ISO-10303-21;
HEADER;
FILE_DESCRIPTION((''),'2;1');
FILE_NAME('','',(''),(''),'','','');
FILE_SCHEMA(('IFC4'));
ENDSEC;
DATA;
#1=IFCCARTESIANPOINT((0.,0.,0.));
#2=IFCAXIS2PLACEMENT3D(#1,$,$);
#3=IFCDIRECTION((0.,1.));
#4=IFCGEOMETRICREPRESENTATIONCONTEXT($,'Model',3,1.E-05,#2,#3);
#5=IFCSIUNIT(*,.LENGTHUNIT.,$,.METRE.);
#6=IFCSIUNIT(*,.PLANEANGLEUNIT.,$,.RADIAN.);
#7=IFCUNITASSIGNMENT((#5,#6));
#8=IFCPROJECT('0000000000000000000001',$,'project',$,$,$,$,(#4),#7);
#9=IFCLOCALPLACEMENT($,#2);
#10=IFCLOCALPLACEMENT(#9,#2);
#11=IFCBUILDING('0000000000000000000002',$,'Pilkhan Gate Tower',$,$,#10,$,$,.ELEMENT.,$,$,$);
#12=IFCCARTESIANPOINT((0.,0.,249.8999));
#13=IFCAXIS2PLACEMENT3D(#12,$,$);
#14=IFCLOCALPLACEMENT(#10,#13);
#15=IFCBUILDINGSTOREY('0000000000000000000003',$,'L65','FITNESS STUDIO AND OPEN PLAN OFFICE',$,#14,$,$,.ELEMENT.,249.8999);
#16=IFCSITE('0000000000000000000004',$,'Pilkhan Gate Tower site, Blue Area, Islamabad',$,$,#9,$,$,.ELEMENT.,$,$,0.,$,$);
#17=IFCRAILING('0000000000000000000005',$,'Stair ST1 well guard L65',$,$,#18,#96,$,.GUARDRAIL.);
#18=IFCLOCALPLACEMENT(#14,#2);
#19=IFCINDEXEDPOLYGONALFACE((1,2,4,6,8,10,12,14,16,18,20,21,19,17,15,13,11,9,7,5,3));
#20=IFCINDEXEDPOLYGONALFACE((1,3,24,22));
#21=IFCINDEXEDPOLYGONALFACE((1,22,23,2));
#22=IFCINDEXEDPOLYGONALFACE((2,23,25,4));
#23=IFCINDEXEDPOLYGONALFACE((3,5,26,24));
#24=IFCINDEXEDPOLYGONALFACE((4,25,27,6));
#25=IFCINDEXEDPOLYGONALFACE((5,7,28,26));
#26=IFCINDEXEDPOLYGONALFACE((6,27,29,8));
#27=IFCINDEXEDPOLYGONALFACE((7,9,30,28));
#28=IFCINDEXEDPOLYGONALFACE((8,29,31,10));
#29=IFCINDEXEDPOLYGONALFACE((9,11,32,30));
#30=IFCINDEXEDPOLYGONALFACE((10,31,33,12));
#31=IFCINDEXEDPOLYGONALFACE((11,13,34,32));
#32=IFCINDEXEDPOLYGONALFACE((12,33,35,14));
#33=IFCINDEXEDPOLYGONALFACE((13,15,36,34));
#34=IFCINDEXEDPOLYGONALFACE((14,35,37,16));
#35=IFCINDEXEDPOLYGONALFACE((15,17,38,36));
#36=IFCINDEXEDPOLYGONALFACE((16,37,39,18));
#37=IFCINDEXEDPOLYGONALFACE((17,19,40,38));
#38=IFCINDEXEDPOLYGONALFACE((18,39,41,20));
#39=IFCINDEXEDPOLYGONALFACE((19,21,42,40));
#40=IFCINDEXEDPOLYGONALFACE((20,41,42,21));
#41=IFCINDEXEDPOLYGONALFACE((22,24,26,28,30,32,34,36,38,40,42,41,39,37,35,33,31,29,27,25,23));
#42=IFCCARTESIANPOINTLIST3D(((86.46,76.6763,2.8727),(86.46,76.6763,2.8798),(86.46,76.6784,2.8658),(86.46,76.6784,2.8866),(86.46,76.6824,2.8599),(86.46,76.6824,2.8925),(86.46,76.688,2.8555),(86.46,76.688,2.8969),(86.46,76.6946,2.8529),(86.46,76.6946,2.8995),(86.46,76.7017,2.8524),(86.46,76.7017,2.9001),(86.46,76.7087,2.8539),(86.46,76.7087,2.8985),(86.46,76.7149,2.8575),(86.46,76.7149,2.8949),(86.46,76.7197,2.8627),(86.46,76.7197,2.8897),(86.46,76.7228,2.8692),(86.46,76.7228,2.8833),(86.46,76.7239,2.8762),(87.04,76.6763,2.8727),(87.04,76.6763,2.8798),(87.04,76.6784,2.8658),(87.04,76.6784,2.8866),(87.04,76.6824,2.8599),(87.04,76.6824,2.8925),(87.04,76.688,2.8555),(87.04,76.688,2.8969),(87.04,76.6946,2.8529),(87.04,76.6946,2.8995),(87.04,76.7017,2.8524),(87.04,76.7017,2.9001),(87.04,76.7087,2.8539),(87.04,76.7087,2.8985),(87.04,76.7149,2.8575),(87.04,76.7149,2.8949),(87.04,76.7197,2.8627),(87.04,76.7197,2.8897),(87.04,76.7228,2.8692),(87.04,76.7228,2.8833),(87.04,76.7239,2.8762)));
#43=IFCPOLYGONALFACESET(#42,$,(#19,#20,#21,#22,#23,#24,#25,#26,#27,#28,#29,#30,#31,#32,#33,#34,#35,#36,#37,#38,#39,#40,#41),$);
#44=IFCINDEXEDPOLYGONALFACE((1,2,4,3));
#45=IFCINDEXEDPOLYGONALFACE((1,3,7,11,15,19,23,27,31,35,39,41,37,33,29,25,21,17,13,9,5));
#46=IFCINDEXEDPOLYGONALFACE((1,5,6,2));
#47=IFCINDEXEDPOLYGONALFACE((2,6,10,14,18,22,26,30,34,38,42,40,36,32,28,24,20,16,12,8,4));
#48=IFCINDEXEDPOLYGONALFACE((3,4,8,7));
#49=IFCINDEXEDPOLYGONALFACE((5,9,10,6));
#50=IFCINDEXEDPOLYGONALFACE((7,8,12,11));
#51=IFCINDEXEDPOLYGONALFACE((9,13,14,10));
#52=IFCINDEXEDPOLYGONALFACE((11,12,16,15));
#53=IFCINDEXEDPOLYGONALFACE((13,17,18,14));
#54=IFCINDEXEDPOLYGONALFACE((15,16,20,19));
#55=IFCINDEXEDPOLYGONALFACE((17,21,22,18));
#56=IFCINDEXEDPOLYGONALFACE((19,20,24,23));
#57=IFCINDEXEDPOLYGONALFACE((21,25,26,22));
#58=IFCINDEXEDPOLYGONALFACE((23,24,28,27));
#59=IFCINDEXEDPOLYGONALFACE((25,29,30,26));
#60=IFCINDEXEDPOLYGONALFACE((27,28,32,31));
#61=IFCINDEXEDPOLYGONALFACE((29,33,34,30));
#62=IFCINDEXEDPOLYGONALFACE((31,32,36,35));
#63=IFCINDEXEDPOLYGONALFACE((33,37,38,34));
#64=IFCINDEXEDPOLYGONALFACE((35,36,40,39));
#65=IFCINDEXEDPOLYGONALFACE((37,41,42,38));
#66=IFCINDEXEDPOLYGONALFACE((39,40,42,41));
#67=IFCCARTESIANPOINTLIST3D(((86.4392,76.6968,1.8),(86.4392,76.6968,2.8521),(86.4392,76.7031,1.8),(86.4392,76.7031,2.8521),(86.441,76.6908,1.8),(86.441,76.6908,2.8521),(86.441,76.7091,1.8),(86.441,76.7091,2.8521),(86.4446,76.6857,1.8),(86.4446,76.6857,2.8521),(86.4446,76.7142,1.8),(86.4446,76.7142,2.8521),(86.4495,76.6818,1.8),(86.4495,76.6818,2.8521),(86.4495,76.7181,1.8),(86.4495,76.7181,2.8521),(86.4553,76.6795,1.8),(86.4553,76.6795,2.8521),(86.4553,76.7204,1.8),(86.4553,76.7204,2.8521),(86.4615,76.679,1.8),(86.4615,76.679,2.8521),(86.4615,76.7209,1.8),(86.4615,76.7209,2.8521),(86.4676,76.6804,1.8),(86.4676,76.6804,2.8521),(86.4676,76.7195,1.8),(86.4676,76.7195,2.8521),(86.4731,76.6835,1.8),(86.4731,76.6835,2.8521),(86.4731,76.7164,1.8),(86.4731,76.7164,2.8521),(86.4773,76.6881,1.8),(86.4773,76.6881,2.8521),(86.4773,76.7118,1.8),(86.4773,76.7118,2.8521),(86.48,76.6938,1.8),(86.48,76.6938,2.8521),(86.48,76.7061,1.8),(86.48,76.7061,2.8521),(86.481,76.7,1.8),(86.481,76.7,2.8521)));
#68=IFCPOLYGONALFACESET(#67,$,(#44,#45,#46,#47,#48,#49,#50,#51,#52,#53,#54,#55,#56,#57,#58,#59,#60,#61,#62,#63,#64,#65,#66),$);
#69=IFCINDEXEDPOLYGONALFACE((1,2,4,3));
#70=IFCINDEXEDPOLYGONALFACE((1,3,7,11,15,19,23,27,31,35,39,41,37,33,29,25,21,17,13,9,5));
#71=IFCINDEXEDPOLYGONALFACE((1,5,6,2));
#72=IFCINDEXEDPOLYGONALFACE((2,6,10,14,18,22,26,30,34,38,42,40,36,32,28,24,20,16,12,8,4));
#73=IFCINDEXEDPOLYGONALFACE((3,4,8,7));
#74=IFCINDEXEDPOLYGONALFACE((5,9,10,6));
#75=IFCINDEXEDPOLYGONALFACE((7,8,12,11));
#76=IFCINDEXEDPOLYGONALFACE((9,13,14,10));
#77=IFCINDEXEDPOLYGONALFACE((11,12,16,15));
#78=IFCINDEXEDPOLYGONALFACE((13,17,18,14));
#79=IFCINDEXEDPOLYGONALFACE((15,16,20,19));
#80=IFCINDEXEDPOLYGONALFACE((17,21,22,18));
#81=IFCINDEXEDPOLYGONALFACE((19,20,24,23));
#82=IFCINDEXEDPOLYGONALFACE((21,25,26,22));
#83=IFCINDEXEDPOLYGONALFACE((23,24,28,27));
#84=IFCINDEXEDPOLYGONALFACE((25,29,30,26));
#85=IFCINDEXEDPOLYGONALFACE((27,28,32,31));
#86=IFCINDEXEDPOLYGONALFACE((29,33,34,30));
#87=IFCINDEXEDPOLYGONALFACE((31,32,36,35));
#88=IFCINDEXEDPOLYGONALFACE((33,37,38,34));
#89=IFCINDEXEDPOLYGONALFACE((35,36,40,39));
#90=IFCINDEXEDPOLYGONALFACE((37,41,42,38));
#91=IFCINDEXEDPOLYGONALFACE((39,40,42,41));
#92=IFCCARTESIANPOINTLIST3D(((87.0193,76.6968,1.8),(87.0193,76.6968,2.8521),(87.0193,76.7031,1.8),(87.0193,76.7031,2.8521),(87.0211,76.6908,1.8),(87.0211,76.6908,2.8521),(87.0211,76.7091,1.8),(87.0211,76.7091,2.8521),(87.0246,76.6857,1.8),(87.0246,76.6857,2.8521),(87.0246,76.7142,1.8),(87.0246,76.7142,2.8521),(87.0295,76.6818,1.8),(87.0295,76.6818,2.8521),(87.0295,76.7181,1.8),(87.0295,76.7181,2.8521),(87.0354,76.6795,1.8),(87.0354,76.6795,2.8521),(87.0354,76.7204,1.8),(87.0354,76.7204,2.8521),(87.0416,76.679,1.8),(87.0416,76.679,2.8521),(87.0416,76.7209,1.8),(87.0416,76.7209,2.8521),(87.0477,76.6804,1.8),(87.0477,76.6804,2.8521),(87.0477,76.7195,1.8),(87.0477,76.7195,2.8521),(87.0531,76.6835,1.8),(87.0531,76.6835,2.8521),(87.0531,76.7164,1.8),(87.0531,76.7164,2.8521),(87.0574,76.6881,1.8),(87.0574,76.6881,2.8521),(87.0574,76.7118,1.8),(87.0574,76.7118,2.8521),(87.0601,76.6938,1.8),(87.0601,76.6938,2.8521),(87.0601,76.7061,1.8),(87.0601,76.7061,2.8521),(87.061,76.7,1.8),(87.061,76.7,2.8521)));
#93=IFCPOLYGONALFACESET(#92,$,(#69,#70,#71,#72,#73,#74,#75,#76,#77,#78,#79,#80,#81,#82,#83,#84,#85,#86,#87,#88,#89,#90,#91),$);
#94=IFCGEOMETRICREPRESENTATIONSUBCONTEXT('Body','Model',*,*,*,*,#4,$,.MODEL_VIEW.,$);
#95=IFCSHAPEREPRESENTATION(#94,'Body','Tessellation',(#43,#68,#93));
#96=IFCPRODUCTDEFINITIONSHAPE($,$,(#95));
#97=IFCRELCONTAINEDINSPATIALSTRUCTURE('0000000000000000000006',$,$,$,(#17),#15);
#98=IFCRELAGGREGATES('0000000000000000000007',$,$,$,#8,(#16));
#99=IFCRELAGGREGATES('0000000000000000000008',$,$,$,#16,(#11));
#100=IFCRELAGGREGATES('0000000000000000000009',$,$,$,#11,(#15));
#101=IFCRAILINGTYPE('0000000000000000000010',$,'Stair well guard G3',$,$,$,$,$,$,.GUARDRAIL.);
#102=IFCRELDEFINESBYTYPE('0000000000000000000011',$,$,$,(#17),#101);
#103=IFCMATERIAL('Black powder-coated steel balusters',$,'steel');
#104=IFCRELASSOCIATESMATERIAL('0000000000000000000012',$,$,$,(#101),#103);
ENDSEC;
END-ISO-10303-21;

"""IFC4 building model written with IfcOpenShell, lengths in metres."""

from ifc_helpers import new_model, si_unit, direction, frame, origin, origin_2d, place, context, subcontext, project, spatial, circle, extrude, material, type_object, element, save


model = new_model("IFC4")

# Units and contexts
model_context = context("Model", 3, precision=1e-05, world=origin(), true_north=direction((0.0, 1.0)))
body_context = subcontext(model_context, "Body", "Model", "MODEL_VIEW")
ifc_project = project(units=[si_unit("LENGTHUNIT", "METRE"), si_unit("PLANEANGLEUNIT", "RADIAN")], contexts=[model_context])

# Site, building, storey
site_placement = place(None, origin())
site = spatial("IfcSite", under=ifc_project, at=site_placement, Name="Pilkhan Gate Tower site, Blue Area, Islamabad", CompositionType="ELEMENT", RefElevation=0.0)
building_placement = place(site_placement, origin())
building = spatial("IfcBuilding", under=site, at=building_placement, Name="Pilkhan Gate Tower", CompositionType="ELEMENT")
storey_placement = place(building_placement, frame((0.0, 0.0, 249.8999)))
storey = spatial("IfcBuildingStorey", under=building, at=storey_placement, Name="L65", Description="FITNESS STUDIO AND OPEN PLAN OFFICE", CompositionType="ELEMENT", Elevation=249.8999)

# Railing
ifc_material_1 = material(Name="Black powder-coated steel balusters", Category="steel")
railing_type_1 = type_object("IfcRailingType", Name="Stair well guard G3", PredefinedType="GUARDRAIL", material=ifc_material_1)
for number, where, name in (
    (1, (86.46, 76.7, 1.8), "Stair ST1 well guard L65"),
):
    element("IfcRailing", number, at=place(storey_placement, frame(where)), inside=storey, type_object=railing_type_1, Name=name, PredefinedType="GUARDRAIL", context=body_context, shape_type="SweptSolid", body=[
        extrude(circle(Radius=0.0239, at=origin_2d()), frame((0.0, 0.0, 1.0762), z_axis=(1.0, 0.0, 0.0), x_axis=(0.0, 1.0, 0.0)), (0.0, 0.0, 1.0), 0.5801),
        extrude(circle(Radius=0.021, at=origin_2d()), origin(), (0.0, 0.0, 1.0), 1.052),
        extrude(circle(Radius=0.021, at=origin_2d()), frame((0.5801, 0.0, 0.0)), (0.0, 0.0, 1.0), 1.052),
    ])

save(model, "model.ifc")
